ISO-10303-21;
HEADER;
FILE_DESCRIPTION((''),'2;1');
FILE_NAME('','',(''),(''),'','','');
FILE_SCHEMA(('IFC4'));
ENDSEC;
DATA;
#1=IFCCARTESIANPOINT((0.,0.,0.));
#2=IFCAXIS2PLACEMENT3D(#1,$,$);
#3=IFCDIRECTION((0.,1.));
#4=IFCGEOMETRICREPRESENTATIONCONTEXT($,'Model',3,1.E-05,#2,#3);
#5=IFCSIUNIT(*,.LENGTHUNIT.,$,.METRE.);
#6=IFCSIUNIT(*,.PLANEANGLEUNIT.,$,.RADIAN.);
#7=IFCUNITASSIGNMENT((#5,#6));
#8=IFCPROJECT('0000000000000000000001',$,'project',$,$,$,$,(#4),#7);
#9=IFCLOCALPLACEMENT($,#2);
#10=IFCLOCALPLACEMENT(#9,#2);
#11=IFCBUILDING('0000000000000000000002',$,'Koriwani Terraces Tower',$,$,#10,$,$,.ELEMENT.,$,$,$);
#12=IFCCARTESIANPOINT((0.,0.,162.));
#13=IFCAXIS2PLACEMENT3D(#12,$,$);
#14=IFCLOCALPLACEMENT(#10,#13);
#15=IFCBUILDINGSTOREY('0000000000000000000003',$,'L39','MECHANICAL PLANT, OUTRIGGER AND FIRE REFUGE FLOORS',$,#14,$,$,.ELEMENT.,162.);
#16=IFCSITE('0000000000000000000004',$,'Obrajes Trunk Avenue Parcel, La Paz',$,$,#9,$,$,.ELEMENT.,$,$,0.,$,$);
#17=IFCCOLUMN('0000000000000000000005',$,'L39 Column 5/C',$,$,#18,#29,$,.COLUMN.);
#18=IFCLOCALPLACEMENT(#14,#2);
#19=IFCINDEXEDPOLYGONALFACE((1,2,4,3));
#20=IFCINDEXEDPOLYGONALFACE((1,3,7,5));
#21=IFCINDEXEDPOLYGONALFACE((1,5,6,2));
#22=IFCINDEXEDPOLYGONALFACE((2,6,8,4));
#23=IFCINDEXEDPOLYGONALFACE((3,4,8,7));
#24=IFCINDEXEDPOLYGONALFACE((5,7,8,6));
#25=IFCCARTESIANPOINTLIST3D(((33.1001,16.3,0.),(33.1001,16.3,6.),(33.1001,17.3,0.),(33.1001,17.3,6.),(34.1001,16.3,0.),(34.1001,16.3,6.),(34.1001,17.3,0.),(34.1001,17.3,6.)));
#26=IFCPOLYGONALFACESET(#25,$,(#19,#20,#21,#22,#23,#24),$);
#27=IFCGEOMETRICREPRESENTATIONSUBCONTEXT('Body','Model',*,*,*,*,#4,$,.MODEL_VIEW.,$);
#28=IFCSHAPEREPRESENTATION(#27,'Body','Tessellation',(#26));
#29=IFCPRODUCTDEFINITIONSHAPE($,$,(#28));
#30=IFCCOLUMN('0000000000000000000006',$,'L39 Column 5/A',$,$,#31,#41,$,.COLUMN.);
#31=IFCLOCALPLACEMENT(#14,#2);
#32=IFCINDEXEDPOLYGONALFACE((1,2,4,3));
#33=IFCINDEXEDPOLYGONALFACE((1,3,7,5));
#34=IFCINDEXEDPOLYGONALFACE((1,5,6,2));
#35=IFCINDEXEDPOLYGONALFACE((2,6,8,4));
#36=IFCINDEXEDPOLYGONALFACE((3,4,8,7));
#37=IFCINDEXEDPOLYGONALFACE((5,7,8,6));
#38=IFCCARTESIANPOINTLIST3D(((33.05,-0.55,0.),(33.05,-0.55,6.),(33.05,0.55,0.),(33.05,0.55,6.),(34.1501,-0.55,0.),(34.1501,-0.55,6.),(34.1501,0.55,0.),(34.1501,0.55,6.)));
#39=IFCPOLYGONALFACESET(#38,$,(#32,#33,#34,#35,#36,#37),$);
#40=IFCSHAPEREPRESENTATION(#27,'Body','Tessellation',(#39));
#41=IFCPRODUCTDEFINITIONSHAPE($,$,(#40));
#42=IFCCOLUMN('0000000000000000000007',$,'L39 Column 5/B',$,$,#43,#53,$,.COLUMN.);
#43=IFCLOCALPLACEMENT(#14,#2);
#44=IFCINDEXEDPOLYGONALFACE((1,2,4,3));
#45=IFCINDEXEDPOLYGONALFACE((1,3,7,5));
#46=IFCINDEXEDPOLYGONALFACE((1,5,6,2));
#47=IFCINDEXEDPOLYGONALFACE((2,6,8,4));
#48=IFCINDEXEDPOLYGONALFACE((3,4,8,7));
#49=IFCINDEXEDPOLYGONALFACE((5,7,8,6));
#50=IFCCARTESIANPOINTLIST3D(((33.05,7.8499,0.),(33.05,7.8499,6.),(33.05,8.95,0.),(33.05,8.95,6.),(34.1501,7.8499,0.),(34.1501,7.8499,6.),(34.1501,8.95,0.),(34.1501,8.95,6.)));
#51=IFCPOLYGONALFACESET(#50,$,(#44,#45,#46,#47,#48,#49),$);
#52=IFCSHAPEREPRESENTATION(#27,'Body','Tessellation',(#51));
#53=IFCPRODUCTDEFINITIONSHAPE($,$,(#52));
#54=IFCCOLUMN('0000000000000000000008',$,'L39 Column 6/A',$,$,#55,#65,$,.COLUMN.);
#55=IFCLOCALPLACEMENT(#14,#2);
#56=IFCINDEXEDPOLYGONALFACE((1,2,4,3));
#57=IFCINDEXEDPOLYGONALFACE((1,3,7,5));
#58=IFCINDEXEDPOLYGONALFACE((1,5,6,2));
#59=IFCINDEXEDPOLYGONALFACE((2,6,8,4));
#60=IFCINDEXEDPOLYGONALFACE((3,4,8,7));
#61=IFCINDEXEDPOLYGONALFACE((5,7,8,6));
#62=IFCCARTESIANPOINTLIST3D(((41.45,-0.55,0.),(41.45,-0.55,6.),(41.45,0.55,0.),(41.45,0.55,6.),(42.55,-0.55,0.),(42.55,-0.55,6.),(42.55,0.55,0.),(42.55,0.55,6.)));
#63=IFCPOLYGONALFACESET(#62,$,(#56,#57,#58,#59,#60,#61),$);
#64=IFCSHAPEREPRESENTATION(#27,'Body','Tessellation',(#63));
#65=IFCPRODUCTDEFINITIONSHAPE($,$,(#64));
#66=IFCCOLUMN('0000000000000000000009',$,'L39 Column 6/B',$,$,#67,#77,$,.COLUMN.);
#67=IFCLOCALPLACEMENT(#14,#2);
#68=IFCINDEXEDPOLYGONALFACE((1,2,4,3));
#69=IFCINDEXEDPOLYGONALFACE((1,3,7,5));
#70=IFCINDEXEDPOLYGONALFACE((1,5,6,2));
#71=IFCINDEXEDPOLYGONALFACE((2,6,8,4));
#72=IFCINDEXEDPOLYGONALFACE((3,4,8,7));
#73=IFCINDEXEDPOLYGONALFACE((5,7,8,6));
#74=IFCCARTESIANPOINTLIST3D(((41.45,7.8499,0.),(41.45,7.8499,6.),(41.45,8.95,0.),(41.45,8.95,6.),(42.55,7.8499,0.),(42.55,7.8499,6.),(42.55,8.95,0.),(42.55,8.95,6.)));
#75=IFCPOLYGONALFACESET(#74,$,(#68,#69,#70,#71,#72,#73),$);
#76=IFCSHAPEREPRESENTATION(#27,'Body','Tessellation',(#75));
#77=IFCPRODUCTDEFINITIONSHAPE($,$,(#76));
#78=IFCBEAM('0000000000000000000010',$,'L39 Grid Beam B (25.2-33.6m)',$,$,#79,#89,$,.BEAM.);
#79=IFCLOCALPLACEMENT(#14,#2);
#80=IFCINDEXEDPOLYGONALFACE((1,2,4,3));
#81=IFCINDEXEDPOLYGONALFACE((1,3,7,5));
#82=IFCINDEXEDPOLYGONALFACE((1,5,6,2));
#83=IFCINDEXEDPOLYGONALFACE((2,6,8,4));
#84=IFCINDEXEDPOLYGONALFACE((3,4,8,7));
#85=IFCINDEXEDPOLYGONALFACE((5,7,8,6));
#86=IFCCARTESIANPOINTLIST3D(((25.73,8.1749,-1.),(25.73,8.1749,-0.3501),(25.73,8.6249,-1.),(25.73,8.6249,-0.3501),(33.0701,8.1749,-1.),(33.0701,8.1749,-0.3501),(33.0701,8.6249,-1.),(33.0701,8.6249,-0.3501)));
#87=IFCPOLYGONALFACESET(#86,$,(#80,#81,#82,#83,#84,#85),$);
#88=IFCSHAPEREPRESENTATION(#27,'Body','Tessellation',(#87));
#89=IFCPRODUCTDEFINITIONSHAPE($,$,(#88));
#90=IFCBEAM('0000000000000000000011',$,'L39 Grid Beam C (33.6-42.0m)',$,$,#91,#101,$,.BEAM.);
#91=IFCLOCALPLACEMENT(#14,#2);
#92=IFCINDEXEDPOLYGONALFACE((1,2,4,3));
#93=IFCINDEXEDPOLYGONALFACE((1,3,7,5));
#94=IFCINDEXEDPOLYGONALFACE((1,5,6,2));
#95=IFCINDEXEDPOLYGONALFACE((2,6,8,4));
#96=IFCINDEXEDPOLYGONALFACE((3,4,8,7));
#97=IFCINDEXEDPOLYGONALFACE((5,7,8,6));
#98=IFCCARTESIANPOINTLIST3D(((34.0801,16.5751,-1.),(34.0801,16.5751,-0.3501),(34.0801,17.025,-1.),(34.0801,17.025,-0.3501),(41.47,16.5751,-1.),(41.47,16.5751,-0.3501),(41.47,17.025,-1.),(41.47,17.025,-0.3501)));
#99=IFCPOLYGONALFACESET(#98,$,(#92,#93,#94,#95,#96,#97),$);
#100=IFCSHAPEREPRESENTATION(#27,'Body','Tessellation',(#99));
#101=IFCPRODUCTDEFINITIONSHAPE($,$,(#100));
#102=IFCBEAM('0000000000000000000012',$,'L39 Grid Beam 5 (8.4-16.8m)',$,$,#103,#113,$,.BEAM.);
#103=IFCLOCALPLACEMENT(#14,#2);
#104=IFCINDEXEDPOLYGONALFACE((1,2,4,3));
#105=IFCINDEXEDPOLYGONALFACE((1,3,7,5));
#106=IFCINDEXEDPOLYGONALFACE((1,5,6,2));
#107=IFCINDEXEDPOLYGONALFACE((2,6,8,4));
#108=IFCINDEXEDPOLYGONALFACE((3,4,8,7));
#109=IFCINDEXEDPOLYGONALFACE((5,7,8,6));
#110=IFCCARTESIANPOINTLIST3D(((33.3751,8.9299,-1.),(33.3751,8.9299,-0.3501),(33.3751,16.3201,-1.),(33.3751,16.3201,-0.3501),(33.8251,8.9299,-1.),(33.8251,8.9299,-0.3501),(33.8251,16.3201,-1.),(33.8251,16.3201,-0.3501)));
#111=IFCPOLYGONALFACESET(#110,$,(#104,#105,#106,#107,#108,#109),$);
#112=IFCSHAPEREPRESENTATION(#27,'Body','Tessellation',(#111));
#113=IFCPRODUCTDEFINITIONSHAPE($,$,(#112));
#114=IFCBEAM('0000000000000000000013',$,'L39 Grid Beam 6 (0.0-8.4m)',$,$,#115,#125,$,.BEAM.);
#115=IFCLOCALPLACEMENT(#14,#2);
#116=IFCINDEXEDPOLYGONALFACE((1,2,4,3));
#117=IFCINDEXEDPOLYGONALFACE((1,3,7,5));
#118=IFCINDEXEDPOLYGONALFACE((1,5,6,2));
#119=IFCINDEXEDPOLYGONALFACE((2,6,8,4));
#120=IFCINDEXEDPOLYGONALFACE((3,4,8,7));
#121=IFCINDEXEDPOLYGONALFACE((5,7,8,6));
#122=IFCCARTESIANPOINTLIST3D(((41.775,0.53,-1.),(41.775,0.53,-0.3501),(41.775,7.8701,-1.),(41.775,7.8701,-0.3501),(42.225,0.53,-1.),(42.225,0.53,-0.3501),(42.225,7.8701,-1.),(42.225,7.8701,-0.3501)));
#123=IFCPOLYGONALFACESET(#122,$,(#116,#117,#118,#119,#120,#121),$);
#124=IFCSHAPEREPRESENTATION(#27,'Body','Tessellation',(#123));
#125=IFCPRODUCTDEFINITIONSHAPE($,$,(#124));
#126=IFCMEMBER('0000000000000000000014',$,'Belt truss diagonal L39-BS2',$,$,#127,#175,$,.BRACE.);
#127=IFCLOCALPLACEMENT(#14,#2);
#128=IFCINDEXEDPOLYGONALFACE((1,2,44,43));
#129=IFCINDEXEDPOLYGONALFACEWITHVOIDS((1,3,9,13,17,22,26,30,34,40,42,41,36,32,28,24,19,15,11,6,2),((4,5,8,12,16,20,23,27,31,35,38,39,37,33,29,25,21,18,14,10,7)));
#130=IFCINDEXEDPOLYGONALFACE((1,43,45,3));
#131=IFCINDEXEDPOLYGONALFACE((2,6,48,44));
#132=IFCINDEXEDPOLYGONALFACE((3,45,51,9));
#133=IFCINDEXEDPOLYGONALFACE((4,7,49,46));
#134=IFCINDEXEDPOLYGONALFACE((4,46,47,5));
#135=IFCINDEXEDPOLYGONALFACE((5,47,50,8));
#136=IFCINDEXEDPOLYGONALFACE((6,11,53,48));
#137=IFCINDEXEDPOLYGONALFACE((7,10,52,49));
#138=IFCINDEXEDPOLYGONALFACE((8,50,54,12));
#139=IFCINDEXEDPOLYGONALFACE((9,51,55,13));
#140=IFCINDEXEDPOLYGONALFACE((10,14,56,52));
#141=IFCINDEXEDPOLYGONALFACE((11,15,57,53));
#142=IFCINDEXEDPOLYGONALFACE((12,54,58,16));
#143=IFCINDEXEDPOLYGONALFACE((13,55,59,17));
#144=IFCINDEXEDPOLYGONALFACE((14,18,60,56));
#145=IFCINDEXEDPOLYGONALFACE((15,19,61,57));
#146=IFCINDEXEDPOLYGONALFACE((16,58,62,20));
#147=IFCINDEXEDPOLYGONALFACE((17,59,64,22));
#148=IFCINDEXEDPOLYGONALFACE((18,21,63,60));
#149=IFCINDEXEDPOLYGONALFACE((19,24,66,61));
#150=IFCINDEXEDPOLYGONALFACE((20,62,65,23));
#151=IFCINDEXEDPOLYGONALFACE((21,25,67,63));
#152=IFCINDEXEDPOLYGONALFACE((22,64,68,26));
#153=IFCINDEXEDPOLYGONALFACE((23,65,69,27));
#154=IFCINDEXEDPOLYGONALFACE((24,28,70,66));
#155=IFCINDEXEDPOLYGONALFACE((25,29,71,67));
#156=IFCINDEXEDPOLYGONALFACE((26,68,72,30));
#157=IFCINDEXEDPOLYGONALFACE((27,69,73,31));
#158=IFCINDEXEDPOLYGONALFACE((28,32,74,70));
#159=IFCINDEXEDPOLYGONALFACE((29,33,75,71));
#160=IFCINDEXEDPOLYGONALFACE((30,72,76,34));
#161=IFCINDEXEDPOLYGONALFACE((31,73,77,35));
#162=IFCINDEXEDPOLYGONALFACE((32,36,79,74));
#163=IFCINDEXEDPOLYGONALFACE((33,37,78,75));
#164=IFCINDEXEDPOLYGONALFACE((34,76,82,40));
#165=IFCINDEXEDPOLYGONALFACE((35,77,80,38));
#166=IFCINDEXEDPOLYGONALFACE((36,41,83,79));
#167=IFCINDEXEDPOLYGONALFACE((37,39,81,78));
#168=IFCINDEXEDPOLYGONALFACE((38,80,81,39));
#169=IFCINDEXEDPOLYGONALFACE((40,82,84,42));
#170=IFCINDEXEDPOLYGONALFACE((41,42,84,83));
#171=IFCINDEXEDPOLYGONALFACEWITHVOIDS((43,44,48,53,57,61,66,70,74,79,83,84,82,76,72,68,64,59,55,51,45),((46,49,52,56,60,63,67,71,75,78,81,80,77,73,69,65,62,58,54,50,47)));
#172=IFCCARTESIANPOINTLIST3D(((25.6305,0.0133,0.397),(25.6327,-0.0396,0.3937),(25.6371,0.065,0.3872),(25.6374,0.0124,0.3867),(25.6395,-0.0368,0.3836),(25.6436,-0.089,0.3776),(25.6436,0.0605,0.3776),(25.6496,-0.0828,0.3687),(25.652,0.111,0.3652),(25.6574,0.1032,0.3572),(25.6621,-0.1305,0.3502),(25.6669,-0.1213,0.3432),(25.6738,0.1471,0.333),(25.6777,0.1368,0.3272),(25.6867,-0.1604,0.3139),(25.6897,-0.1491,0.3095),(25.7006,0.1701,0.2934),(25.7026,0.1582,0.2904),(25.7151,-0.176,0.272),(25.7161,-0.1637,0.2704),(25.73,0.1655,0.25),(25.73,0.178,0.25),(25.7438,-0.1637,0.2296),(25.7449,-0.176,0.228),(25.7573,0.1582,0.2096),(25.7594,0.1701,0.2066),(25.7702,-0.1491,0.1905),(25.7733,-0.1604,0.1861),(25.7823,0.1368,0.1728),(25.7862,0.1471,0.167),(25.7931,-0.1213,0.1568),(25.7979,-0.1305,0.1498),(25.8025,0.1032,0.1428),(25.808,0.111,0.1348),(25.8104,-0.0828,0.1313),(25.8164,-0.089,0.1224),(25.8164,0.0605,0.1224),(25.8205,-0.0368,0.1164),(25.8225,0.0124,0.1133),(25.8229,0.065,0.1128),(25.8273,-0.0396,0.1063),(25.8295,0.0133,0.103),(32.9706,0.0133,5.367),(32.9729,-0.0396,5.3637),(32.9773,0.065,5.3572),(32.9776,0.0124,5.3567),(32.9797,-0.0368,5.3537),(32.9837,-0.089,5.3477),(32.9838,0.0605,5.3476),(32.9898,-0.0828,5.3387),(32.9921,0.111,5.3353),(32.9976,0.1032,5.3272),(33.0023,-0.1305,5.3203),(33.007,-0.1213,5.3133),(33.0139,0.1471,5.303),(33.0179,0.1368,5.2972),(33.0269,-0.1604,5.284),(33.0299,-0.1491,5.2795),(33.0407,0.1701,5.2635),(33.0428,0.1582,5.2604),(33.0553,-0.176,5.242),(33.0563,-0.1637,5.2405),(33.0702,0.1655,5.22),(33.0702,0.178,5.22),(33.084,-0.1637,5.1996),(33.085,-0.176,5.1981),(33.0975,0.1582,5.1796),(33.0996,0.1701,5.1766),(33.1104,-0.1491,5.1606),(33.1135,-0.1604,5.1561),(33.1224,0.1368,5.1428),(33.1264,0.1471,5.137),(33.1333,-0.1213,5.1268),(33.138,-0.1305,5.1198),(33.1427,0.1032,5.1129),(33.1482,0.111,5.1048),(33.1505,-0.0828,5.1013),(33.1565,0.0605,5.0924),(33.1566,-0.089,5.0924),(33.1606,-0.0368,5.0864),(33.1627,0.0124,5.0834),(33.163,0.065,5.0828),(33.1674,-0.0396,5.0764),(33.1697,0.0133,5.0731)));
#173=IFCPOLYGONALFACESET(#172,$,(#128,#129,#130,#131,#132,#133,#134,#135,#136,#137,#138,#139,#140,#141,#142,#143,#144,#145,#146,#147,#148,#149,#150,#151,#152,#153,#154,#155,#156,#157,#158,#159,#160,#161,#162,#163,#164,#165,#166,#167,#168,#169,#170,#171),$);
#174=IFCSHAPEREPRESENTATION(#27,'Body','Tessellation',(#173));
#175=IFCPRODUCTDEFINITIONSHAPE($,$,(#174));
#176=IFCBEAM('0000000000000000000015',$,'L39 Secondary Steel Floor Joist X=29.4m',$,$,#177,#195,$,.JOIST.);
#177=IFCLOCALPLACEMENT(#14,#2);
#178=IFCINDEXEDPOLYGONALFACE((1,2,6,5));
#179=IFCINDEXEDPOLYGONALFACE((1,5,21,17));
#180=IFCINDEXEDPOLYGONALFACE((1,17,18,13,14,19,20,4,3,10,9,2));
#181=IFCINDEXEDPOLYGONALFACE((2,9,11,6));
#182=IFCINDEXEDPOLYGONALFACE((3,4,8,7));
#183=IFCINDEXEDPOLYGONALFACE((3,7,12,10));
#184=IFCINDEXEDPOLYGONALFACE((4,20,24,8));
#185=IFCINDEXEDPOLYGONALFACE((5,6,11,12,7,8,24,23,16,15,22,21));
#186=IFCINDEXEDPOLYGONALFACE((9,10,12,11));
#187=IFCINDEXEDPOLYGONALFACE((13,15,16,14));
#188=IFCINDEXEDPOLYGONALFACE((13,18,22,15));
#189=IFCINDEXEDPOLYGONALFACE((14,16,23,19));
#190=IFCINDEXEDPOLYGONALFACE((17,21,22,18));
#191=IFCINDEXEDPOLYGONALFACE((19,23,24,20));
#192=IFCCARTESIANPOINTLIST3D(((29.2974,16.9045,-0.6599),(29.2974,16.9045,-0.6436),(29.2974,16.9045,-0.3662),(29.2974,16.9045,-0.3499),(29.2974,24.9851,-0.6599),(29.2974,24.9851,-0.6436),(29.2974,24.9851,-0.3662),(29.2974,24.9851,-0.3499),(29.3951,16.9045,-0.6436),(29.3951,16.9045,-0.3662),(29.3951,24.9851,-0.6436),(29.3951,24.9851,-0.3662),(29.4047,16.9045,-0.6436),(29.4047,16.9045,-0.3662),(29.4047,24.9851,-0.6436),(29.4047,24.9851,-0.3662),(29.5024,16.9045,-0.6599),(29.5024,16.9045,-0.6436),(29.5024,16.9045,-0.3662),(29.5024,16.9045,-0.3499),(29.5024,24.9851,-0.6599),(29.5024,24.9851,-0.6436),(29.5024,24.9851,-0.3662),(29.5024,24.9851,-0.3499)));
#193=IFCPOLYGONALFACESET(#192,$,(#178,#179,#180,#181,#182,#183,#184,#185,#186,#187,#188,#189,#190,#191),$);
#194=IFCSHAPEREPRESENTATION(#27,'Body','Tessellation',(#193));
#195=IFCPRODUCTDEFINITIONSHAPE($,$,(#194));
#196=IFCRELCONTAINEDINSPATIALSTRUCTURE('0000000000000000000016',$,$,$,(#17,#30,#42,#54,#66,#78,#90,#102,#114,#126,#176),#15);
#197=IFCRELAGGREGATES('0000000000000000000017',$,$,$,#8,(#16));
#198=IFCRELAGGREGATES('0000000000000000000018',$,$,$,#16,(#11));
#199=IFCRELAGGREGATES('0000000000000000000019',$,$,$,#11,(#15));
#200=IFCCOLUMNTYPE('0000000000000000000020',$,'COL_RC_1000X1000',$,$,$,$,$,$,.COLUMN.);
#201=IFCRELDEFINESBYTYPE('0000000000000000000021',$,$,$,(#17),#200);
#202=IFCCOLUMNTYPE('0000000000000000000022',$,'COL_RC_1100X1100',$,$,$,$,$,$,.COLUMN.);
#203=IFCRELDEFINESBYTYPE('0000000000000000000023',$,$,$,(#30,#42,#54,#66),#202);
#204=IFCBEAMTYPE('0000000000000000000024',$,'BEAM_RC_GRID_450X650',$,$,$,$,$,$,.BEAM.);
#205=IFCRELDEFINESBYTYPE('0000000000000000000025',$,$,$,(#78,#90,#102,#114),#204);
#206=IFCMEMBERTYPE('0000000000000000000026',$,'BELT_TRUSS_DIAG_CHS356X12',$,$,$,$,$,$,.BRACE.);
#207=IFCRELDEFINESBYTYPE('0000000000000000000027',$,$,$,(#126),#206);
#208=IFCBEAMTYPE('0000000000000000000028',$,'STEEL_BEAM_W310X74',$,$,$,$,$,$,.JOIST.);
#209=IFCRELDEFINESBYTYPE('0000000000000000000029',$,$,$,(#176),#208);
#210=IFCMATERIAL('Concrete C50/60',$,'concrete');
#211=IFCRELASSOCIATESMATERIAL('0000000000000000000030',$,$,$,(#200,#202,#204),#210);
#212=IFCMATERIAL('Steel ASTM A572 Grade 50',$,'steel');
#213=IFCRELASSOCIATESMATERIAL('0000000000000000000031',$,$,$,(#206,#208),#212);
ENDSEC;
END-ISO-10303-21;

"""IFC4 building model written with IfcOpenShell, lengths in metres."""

from ifc_helpers import new_model, si_unit, direction, frame, origin, origin_2d, place, context, subcontext, project, spatial, rectangle, hollow_circle, i_section, extrude, material, material_profile, profile_set, type_object, element, save


model = new_model("IFC4")

# Units and contexts
model_context = context("Model", 3, precision=1e-05, world=origin(), true_north=direction((0.0, 1.0)))
body_context = subcontext(model_context, "Body", "Model", "MODEL_VIEW")
ifc_project = project(units=[si_unit("LENGTHUNIT", "METRE"), si_unit("PLANEANGLEUNIT", "RADIAN")], contexts=[model_context])

# Site, building, storey
site_placement = place(None, origin())
site = spatial("IfcSite", under=ifc_project, at=site_placement, Name="Obrajes Trunk Avenue Parcel, La Paz", CompositionType="ELEMENT", RefElevation=0.0)
building_placement = place(site_placement, origin())
building = spatial("IfcBuilding", under=site, at=building_placement, Name="Koriwani Terraces Tower", CompositionType="ELEMENT")
storey_placement = place(building_placement, frame((0.0, 0.0, 162.0)))
storey = spatial("IfcBuildingStorey", under=building, at=storey_placement, Name="L39", Description="MECHANICAL PLANT, OUTRIGGER AND FIRE REFUGE FLOORS", CompositionType="ELEMENT", Elevation=162.0)

# Columns
ifc_material_1 = material(Name="Concrete C50/60", Category="concrete")
ifc_material_profile_1 = material_profile(ifc_material_1, rectangle(XDim=1.0, YDim=1.0, at=origin_2d()), Name="Concrete C50/60", Category="LoadBearing")
ifc_profile_set_1 = profile_set([ifc_material_profile_1], Name="Concrete C50/60")
column_type_1 = type_object("IfcColumnType", Name="COL_RC_1000X1000", PredefinedType="COLUMN", material=ifc_profile_set_1)
column_placement = place(storey_placement, frame((33.6001, 16.8, 0.0), z_axis=(0.0, 0.0, 1.0), x_axis=(1.0, 0.0, 0.0)))
element("IfcColumn", 1, at=column_placement, inside=storey, type_object=column_type_1, Name="L39 Column 5/C", PredefinedType="COLUMN", context=body_context, shape_type="SweptSolid", body=[
    extrude(rectangle(XDim=1.0, YDim=1.0, at=origin_2d()), origin(), (0.0, 0.0, 1.0), 6.0),
])
ifc_material_profile_2 = material_profile(ifc_material_1, rectangle(XDim=1.1001, YDim=1.1001, at=origin_2d()), Name="Concrete C50/60", Category="LoadBearing")
ifc_profile_set_2 = profile_set([ifc_material_profile_2], Name="Concrete C50/60")
column_type_2 = type_object("IfcColumnType", Name="COL_RC_1100X1100", PredefinedType="COLUMN", material=ifc_profile_set_2)
for number, where, z_axis, x_axis, name in (
    (2, (33.6001, 0.0, 0.0), (0.0, 0.0, 1.0), (1.0, 0.0, 0.0), "L39 Column 5/A"),
    (3, (33.6001, 8.3999, 0.0), (0.0, 0.0, 1.0), (1.0, 0.0, 0.0), "L39 Column 5/B"),
    (4, (42.0, 0.0, 0.0), (0.0, 0.0, 1.0), (1.0, 0.0, 0.0), "L39 Column 6/A"),
    (5, (42.0, 8.3999, 0.0), (0.0, 0.0, 1.0), (1.0, 0.0, 0.0), "L39 Column 6/B"),
):
    element("IfcColumn", number, at=place(storey_placement, frame(where, z_axis=z_axis, x_axis=x_axis)), inside=storey, type_object=column_type_2, Name=name, PredefinedType="COLUMN", context=body_context, shape_type="SweptSolid", body=[
        extrude(rectangle(XDim=1.1001, YDim=1.1001, at=origin_2d()), origin(), (0.0, 0.0, 1.0), 6.0),
    ])

# Beams
ifc_material_profile_3 = material_profile(ifc_material_1, rectangle(XDim=0.45, YDim=0.6499, at=origin_2d()), Name="Concrete C50/60", Category="LoadBearing")
ifc_profile_set_3 = profile_set([ifc_material_profile_3], Name="Concrete C50/60")
beam_type_1 = type_object("IfcBeamType", Name="BEAM_RC_GRID_450X650", PredefinedType="BEAM", material=ifc_profile_set_3)
beam_1_placement = place(storey_placement, frame((25.73, 8.3999, -0.675), z_axis=(1.0, 0.0, 0.0), x_axis=(0.0, 1.0, 0.0)))
element("IfcBeam", 6, at=beam_1_placement, inside=storey, type_object=beam_type_1, Name="L39 Grid Beam B (25.2-33.6m)", PredefinedType="BEAM", context=body_context, shape_type="SweptSolid", body=[
    extrude(rectangle(XDim=0.45, YDim=0.6499, at=origin_2d()), origin(), (0.0, 0.0, 1.0), 7.3401),
])
beam_2_placement = place(storey_placement, frame((34.0801, 16.8, -0.675), z_axis=(1.0, 0.0, 0.0), x_axis=(0.0, 1.0, 0.0)))
element("IfcBeam", 7, at=beam_2_placement, inside=storey, type_object=beam_type_1, Name="L39 Grid Beam C (33.6-42.0m)", PredefinedType="BEAM", context=body_context, shape_type="SweptSolid", body=[
    extrude(rectangle(XDim=0.45, YDim=0.6499, at=origin_2d()), origin(), (0.0, 0.0, 1.0), 7.3899),
])
beam_3_placement = place(storey_placement, frame((33.6001, 8.9299, -0.675), z_axis=(0.0, 1.0, 0.0), x_axis=(-1.0, 0.0, 0.0)))
element("IfcBeam", 8, at=beam_3_placement, inside=storey, type_object=beam_type_1, Name="L39 Grid Beam 5 (8.4-16.8m)", PredefinedType="BEAM", context=body_context, shape_type="SweptSolid", body=[
    extrude(rectangle(XDim=0.45, YDim=0.6499, at=origin_2d()), origin(), (0.0, 0.0, 1.0), 7.3901),
])
beam_4_placement = place(storey_placement, frame((42.0, 0.53, -0.675), z_axis=(0.0, 1.0, 0.0), x_axis=(-1.0, 0.0, 0.0)))
element("IfcBeam", 9, at=beam_4_placement, inside=storey, type_object=beam_type_1, Name="L39 Grid Beam 6 (0.0-8.4m)", PredefinedType="BEAM", context=body_context, shape_type="SweptSolid", body=[
    extrude(rectangle(XDim=0.45, YDim=0.6499, at=origin_2d()), origin(), (0.0, 0.0, 1.0), 7.3401),
])

# Member
ifc_material_2 = material(Name="Steel ASTM A572 Grade 50", Category="steel")
ifc_material_profile_4 = material_profile(ifc_material_2, hollow_circle(Radius=0.178, WallThickness=0.0125, at=origin_2d()), Name="Steel ASTM A572 Grade 50", Category="LoadBearing")
ifc_profile_set_4 = profile_set([ifc_material_profile_4], Name="Steel ASTM A572 Grade 50")
member_type = type_object("IfcMemberType", Name="BELT_TRUSS_DIAG_CHS356X12", PredefinedType="BRACE", material=ifc_profile_set_4)
member_placement = place(storey_placement, frame((25.73, 0.0, 0.25), z_axis=(0.828042, 0.0, 0.560667), x_axis=(0.0, 1.0, 0.0)))
element("IfcMember", 10, at=member_placement, inside=storey, type_object=member_type, Name="Belt truss diagonal L39-BS2", PredefinedType="BRACE", context=body_context, shape_type="SweptSolid", body=[
    extrude(hollow_circle(Radius=0.178, WallThickness=0.0125, at=origin_2d()), origin(), (0.0, 0.0, 1.0), 8.8645),
])

# Beam
ifc_material_profile_5 = material_profile(ifc_material_2, i_section(OverallWidth=0.2051, OverallDepth=0.3101, WebThickness=0.0095, FlangeThickness=0.0164, at=origin_2d()), Name="Steel ASTM A572 Grade 50", Category="LoadBearing")
ifc_profile_set_5 = profile_set([ifc_material_profile_5], Name="Steel ASTM A572 Grade 50")
beam_type_2 = type_object("IfcBeamType", Name="STEEL_BEAM_W310X74", PredefinedType="JOIST", material=ifc_profile_set_5)
for number, where, z_axis, x_axis, name in (
    (11, (29.3999, 16.9045, -0.5049), (0.0, 1.0, 0.0), (-1.0, 0.0, 0.0), "L39 Secondary Steel Floor Joist X=29.4m"),
):
    element("IfcBeam", number, at=place(storey_placement, frame(where, z_axis=z_axis, x_axis=x_axis)), inside=storey, type_object=beam_type_2, Name=name, PredefinedType="JOIST", context=body_context, shape_type="SweptSolid", body=[
        extrude(i_section(OverallWidth=0.2051, OverallDepth=0.3101, WebThickness=0.0095, FlangeThickness=0.0164, at=origin_2d()), origin(), (0.0, 0.0, 1.0), 8.0806),
    ])

save(model, "model.ifc")
